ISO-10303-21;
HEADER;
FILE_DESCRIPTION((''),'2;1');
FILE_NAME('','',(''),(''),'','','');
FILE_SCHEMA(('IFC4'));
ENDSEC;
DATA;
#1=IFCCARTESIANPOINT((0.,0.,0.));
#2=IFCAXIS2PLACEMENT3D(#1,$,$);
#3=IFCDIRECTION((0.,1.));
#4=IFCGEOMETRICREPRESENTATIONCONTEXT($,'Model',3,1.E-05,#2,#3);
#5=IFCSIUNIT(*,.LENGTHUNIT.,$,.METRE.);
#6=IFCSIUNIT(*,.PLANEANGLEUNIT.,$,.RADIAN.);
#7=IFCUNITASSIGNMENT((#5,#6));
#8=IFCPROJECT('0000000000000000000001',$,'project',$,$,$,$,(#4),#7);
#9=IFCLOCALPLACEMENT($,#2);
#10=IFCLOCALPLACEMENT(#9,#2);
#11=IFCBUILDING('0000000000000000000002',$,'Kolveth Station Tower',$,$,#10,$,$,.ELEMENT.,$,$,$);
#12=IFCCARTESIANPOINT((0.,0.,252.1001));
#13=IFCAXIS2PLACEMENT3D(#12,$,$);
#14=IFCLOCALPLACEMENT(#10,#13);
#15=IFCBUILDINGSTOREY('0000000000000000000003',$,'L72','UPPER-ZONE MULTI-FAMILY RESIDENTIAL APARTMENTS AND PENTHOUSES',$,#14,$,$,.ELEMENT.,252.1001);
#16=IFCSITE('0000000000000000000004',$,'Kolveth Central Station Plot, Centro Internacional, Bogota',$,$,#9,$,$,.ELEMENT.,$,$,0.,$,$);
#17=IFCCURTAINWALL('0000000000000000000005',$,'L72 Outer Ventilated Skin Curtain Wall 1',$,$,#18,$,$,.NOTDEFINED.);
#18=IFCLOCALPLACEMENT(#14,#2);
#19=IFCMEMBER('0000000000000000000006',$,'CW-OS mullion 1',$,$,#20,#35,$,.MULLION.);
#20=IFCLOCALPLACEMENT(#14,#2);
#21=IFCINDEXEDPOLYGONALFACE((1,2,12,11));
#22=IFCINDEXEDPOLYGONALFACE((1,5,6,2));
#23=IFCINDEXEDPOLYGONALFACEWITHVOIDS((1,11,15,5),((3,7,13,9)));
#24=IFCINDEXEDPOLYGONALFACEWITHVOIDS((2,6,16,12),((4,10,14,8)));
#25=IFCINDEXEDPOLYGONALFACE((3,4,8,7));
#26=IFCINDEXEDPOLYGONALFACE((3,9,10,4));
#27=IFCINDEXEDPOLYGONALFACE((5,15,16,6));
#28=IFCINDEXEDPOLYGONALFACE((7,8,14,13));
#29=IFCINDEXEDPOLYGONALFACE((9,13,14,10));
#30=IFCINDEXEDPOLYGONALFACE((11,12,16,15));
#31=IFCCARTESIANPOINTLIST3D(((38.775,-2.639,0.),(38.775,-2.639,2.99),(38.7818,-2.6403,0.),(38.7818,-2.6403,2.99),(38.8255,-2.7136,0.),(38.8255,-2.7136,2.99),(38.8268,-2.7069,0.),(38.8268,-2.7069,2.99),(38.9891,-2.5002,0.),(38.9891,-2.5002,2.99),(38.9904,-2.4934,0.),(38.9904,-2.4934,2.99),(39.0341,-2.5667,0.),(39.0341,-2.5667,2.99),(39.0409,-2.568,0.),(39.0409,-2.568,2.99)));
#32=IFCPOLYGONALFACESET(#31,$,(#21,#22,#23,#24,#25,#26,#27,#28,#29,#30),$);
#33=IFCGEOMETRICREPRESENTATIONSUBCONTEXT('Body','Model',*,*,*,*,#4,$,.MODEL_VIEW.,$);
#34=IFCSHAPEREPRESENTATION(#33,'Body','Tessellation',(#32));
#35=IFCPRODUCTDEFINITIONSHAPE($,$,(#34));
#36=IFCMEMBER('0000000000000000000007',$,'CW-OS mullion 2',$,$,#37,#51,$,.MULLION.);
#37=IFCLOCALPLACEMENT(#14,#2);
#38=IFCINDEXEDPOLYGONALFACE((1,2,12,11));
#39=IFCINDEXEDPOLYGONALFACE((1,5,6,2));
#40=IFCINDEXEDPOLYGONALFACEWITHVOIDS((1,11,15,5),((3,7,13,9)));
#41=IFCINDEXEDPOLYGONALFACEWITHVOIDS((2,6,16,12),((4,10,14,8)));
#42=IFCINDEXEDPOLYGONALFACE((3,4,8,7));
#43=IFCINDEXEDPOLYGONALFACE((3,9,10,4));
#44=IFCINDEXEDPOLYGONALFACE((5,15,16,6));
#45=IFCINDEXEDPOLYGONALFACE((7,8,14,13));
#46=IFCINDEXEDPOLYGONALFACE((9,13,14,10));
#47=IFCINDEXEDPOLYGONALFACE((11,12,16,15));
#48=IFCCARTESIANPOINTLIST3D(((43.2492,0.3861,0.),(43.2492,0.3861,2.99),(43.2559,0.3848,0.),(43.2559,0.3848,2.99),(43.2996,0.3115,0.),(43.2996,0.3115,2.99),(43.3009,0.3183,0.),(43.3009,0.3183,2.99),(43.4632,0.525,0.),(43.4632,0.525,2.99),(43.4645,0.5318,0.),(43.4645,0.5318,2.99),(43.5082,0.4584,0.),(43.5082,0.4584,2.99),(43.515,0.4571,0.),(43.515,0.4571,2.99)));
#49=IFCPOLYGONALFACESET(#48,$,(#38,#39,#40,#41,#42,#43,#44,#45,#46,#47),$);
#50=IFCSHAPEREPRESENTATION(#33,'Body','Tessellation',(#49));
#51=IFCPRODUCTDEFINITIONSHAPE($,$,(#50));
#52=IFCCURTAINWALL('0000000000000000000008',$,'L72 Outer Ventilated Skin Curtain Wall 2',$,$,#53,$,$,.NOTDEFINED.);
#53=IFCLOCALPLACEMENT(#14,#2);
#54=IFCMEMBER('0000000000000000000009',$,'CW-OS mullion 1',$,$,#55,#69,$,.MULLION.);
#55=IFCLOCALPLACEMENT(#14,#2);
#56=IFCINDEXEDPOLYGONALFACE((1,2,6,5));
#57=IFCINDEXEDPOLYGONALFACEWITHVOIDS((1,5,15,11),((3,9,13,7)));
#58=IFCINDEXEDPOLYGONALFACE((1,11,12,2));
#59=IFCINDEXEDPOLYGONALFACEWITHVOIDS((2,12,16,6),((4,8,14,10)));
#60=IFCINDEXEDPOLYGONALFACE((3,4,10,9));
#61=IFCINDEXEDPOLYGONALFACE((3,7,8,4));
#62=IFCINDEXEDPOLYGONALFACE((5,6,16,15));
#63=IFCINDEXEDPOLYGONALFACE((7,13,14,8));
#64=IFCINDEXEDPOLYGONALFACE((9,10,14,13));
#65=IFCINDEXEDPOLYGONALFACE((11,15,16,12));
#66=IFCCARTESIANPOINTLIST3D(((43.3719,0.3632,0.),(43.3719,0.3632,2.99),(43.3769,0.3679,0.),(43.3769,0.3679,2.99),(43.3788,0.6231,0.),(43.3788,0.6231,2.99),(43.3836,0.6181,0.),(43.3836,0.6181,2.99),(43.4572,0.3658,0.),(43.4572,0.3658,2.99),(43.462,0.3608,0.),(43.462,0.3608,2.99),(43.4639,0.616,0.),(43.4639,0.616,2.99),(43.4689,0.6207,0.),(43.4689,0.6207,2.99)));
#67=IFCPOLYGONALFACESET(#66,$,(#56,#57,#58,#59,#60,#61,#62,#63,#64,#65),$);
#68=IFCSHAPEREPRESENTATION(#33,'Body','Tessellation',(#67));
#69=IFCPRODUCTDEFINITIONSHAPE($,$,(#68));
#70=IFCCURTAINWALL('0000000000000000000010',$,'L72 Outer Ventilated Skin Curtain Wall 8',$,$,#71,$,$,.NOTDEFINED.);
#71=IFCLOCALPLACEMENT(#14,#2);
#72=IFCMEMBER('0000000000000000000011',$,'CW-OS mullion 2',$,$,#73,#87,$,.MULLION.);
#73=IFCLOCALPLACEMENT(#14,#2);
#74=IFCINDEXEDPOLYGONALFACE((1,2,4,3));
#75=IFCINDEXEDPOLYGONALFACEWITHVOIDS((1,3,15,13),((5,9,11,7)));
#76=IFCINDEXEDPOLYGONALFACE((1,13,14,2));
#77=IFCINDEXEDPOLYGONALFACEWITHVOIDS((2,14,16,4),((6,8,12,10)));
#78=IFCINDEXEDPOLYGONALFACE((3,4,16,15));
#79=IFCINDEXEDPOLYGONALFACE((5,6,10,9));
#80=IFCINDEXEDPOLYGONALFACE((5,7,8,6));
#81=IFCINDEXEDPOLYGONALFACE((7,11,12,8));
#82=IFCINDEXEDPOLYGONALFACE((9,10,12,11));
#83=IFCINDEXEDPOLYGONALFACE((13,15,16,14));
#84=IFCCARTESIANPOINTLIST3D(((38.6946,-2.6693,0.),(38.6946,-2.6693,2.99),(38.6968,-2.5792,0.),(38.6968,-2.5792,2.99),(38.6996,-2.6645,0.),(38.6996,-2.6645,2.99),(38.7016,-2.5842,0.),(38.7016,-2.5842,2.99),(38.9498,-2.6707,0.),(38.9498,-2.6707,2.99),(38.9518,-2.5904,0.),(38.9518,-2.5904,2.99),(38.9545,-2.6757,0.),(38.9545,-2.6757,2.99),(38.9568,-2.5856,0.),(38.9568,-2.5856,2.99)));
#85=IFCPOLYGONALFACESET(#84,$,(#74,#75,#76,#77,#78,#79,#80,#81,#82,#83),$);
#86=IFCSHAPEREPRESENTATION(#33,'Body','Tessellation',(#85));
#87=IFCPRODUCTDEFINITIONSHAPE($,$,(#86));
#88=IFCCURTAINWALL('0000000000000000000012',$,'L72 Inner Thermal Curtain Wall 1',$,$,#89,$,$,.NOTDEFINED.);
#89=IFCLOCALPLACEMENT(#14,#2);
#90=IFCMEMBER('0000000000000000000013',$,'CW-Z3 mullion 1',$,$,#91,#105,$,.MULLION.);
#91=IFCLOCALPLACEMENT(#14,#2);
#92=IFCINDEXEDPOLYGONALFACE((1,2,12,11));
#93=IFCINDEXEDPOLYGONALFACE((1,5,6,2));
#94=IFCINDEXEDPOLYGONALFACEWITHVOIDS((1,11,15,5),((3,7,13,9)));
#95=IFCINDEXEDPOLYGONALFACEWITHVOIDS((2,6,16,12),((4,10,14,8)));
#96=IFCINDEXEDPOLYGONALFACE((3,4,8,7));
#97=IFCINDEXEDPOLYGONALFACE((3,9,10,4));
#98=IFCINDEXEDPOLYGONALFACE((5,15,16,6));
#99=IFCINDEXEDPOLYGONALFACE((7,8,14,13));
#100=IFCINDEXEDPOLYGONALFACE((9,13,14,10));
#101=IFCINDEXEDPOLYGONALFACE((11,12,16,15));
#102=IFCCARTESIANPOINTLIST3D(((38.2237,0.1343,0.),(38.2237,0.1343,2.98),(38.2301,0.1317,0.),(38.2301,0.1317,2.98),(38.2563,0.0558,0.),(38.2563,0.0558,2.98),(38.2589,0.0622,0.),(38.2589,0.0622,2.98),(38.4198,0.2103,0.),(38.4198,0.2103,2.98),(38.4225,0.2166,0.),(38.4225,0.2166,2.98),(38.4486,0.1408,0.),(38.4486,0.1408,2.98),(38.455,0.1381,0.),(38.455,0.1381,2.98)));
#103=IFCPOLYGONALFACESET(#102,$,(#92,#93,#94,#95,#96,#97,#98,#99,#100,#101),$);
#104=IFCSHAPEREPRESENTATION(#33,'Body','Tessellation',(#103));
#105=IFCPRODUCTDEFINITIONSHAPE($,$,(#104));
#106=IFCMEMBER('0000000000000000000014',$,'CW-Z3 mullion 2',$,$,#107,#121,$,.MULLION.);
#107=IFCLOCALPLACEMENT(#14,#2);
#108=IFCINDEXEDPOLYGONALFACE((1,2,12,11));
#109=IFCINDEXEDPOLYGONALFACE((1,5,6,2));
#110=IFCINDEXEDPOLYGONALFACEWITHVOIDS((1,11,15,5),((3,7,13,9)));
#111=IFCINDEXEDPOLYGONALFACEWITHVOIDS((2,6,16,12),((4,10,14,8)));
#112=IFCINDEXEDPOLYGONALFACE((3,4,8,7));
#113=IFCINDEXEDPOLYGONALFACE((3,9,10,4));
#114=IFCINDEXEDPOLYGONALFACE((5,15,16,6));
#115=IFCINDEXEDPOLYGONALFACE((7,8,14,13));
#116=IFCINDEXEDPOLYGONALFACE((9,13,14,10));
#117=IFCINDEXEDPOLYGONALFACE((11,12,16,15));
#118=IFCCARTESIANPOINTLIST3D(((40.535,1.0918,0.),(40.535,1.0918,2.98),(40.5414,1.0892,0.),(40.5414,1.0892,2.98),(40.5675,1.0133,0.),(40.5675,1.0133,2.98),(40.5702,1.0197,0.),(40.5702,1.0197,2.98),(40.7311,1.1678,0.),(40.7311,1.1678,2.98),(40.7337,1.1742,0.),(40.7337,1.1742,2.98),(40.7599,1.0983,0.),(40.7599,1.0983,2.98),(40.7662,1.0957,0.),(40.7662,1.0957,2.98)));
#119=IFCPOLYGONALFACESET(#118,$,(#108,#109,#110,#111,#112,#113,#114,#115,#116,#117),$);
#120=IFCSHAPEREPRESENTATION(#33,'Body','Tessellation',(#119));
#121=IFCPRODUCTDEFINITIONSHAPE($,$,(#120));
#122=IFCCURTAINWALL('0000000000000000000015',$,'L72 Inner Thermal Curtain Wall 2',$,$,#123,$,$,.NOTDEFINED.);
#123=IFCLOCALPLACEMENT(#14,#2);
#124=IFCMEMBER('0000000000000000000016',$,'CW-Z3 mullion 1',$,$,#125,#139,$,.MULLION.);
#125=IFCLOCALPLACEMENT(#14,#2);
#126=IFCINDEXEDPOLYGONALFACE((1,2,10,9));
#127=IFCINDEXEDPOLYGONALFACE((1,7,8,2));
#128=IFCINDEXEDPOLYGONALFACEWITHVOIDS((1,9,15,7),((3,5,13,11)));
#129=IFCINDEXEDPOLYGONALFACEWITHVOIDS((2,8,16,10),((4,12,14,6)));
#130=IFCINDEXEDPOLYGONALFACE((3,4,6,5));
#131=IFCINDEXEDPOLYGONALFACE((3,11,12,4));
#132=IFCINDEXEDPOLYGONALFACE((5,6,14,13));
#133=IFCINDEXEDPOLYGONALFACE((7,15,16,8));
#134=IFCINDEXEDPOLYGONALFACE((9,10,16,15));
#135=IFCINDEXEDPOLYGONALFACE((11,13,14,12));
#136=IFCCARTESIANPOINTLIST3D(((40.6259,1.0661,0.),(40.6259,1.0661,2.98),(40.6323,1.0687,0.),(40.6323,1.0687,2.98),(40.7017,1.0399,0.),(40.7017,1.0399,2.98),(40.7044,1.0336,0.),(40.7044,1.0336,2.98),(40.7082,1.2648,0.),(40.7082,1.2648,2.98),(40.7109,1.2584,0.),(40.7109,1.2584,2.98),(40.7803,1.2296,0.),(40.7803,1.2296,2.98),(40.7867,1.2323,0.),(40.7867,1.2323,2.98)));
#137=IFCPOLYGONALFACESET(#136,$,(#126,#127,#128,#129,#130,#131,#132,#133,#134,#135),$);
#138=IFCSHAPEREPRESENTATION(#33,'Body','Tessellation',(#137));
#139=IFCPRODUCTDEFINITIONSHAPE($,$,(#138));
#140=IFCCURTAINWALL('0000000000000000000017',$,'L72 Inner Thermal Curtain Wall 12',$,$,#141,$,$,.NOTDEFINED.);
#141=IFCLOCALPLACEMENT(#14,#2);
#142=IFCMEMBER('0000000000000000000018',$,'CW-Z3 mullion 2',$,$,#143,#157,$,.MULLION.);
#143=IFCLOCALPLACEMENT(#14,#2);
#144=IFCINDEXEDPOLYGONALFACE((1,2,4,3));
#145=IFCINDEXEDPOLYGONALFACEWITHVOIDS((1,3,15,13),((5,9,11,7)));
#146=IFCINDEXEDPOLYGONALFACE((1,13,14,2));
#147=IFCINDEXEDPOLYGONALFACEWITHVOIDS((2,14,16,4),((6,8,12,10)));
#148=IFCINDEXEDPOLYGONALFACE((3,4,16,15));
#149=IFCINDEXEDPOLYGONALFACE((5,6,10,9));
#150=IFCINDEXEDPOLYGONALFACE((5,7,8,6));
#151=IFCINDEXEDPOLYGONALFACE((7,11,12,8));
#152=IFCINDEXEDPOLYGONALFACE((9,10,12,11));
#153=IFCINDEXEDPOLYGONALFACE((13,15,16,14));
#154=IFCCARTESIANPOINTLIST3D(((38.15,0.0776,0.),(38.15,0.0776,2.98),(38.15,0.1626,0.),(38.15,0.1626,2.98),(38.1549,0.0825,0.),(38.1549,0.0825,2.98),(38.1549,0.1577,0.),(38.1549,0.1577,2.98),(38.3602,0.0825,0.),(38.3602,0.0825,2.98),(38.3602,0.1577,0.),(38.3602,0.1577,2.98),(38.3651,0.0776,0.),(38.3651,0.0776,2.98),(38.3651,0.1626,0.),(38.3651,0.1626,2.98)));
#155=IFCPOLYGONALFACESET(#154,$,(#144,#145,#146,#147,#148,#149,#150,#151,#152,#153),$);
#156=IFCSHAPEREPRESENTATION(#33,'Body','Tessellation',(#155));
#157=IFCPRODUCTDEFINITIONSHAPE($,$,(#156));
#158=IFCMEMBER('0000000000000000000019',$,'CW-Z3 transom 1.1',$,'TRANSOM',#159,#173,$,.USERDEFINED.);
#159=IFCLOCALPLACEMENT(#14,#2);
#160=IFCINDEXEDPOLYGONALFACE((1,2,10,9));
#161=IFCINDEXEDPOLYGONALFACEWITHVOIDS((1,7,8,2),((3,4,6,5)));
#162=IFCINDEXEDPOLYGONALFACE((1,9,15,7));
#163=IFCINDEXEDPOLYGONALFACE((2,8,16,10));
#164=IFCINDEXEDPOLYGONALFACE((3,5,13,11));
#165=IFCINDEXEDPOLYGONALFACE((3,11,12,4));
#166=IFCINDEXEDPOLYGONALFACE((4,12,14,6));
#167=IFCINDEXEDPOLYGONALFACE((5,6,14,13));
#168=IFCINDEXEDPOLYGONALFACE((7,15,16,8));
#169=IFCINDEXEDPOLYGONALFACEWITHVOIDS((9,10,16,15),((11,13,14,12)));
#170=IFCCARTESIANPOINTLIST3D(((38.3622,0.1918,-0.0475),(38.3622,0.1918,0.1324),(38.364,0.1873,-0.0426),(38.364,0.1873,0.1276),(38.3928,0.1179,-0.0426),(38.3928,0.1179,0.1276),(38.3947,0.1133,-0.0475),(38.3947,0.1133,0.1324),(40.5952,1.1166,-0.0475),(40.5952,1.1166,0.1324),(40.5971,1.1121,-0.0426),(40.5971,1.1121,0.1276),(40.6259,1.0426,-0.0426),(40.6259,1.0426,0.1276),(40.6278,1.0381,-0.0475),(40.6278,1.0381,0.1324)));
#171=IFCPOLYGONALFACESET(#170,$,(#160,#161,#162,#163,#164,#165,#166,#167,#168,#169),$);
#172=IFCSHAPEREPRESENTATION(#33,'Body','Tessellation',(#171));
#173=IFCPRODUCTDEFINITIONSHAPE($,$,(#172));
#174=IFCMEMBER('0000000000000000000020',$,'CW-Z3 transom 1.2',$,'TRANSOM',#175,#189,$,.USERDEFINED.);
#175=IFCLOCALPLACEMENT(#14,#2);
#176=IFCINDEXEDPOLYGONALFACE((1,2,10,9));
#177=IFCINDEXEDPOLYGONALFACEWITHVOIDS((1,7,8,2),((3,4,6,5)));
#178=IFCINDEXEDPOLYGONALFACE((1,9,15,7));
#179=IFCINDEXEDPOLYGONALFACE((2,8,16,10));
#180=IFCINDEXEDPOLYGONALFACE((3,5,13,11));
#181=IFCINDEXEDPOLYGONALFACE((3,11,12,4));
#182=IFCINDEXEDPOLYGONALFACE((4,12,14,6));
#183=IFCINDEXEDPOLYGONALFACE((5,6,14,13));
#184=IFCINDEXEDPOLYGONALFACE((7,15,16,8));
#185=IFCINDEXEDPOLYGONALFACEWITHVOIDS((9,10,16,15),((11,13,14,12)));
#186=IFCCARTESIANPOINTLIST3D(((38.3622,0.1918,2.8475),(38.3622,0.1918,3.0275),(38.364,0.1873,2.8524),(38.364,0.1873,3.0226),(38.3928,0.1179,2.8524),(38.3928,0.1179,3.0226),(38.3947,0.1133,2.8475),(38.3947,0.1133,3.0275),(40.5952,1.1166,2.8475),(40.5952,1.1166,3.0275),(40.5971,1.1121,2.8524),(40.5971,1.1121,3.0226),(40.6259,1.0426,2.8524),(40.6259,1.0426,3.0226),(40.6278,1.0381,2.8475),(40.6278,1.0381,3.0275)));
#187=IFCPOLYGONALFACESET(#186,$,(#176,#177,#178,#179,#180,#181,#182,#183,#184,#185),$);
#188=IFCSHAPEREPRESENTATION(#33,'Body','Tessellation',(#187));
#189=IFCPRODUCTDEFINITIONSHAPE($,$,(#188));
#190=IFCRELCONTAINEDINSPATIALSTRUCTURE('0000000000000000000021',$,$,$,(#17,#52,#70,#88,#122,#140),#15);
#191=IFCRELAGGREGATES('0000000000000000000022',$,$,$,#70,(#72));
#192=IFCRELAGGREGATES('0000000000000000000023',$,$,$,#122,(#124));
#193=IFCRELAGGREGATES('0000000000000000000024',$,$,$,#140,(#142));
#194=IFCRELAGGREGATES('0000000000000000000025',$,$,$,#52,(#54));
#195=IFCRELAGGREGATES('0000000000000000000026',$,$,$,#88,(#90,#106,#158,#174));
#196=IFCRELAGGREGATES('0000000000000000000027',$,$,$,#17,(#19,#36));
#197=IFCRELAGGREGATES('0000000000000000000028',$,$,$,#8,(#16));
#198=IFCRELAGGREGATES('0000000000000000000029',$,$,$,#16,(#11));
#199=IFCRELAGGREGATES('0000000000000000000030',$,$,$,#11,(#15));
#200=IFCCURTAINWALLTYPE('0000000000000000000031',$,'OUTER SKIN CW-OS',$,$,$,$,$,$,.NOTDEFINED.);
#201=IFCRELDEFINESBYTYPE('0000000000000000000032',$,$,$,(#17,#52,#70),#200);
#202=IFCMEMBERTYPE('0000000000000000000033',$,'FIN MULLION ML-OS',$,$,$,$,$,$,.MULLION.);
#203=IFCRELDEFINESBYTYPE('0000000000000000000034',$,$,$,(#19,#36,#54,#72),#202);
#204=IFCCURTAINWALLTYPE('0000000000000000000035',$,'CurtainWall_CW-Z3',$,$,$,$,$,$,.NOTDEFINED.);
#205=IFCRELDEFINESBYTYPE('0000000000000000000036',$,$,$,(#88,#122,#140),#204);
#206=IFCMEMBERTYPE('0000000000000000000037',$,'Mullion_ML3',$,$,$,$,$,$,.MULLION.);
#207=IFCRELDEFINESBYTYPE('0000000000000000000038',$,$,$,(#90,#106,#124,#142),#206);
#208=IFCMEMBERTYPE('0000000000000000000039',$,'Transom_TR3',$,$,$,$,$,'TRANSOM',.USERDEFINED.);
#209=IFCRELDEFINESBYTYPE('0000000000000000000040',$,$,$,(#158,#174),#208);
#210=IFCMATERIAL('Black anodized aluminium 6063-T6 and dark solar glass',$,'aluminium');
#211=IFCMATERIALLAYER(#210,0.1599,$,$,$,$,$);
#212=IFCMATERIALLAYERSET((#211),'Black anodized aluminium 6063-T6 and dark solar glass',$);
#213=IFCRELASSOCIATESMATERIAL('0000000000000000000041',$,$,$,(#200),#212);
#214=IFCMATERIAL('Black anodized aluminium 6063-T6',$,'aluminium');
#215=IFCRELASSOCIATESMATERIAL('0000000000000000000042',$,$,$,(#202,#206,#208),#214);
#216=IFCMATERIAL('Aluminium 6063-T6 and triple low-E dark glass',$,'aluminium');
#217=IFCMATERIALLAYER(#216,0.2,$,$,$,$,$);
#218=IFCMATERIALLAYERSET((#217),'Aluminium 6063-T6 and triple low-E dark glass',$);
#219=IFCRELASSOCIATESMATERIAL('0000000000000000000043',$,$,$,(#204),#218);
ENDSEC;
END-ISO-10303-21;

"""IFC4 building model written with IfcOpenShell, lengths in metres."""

from ifc_helpers import new_model, si_unit, direction, frame, origin, origin_2d, place, context, subcontext, project, spatial, hollow_rectangle, extrude, source, transform, mapped, material, layer, layer_set, material_profile, profile_set, type_object, element, aggregate, save


model = new_model("IFC4")

# Units and contexts
model_context = context("Model", 3, precision=1e-05, world=origin(), true_north=direction((0.0, 1.0)))
body_context = subcontext(model_context, "Body", "Model", "MODEL_VIEW")
ifc_project = project(units=[si_unit("LENGTHUNIT", "METRE"), si_unit("PLANEANGLEUNIT", "RADIAN")], contexts=[model_context])

# Site, building, storey
site_placement = place(None, origin())
site = spatial("IfcSite", under=ifc_project, at=site_placement, Name="Kolveth Central Station Plot, Centro Internacional, Bogota", CompositionType="ELEMENT", RefElevation=0.0)
building_placement = place(site_placement, origin())
building = spatial("IfcBuilding", under=site, at=building_placement, Name="Kolveth Station Tower", CompositionType="ELEMENT")
storey_placement = place(building_placement, frame((0.0, 0.0, 252.1001)))
storey = spatial("IfcBuildingStorey", under=building, at=storey_placement, Name="L72", Description="UPPER-ZONE MULTI-FAMILY RESIDENTIAL APARTMENTS AND PENTHOUSES", CompositionType="ELEMENT", Elevation=252.1001)

# Curtain wall, members
ifc_material_1 = material(Name="Black anodized aluminium 6063-T6 and dark solar glass", Category="aluminium")
ifc_layer_1 = layer(ifc_material_1, 0.1599)
ifc_layer_set_1 = layer_set([ifc_layer_1], Name="Black anodized aluminium 6063-T6 and dark solar glass")
curtain_wall_type_1 = type_object("IfcCurtainWallType", Name="OUTER SKIN CW-OS", PredefinedType="NOTDEFINED", material=ifc_layer_set_1)
curtain_wall_1_placement = place(storey_placement, origin())
curtain_wall_1 = element("IfcCurtainWall", 1, at=curtain_wall_1_placement, inside=storey, type_object=curtain_wall_type_1, Name="L72 Outer Ventilated Skin Curtain Wall 1", PredefinedType="NOTDEFINED")
ifc_material_2 = material(Name="Black anodized aluminium 6063-T6", Category="aluminium")
ifc_material_profile_1 = material_profile(ifc_material_2, hollow_rectangle(XDim=0.0901, YDim=0.26, WallThickness=0.0049, at=origin_2d()), Name="ALU-90x260x5")
ifc_profile_set_1 = profile_set([ifc_material_profile_1], Name="Black anodized aluminium 6063-T6")
member_type_1 = type_object("IfcMemberType", Name="FIN MULLION ML-OS", PredefinedType="MULLION", material=ifc_profile_set_1)
shared_shape_1 = source(origin(), body_context, "Body", "SweptSolid", [
    extrude(hollow_rectangle(XDim=0.0901, YDim=0.26, WallThickness=0.0049, at=origin_2d()), origin(), (0.0, 0.0, 1.0), 2.99),
])
member_1_placement = place(storey_placement, frame((38.908, -2.6035, 0.0), z_axis=(0.0, 0.0, 1.0), x_axis=(-0.560114, 0.828415, 0.0)))
member_1 = element("IfcMember", 2, at=member_1_placement, type_object=member_type_1, Name="CW-OS mullion 1", PredefinedType="MULLION", context=body_context, shape_type="MappedRepresentation", body=[
    mapped(shared_shape_1, transform((0.0, 0.0, 0.0), x_axis=(1.0, 0.0, 0.0), y_axis=(0.0, 1.0, 0.0), z_axis=(0.0, 0.0, 1.0), scale=1.0)),
])
member_2_placement = place(storey_placement, frame((43.3821, 0.4216, 0.0), z_axis=(0.0, 0.0, 1.0), x_axis=(-0.560114, 0.828415, 0.0)))
member_2 = element("IfcMember", 3, at=member_2_placement, type_object=member_type_1, Name="CW-OS mullion 2", PredefinedType="MULLION", context=body_context, shape_type="MappedRepresentation", body=[
    mapped(shared_shape_1, transform((0.0, 0.0, 0.0), x_axis=(1.0, 0.0, 0.0), y_axis=(0.0, 1.0, 0.0), z_axis=(0.0, 0.0, 1.0), scale=1.0)),
])

# Curtain walls, members
curtain_wall_2_placement = place(storey_placement, origin())
curtain_wall_2 = element("IfcCurtainWall", 4, at=curtain_wall_2_placement, inside=storey, type_object=curtain_wall_type_1, Name="L72 Outer Ventilated Skin Curtain Wall 2", PredefinedType="NOTDEFINED")
member_3_placement = place(storey_placement, frame((43.4204, 0.4919, 0.0), z_axis=(0.0, 0.0, 1.0), x_axis=(-0.999647, 0.026561, 0.0)))
member_3 = element("IfcMember", 5, at=member_3_placement, type_object=member_type_1, Name="CW-OS mullion 1", PredefinedType="MULLION", context=body_context, shape_type="MappedRepresentation", body=[
    mapped(shared_shape_1, transform((0.0, 0.0, 0.0), x_axis=(1.0, 0.0, 0.0), y_axis=(0.0, 1.0, 0.0), z_axis=(0.0, 0.0, 1.0), scale=1.0)),
])
curtain_wall_3_placement = place(storey_placement, origin())
curtain_wall_3 = element("IfcCurtainWall", 6, at=curtain_wall_3_placement, inside=storey, type_object=curtain_wall_type_1, Name="L72 Outer Ventilated Skin Curtain Wall 8", PredefinedType="NOTDEFINED")
member_4_placement = place(storey_placement, frame((38.8257, -2.6274, 0.0), z_axis=(0.0, 0.0, 1.0), x_axis=(0.024462, 0.999701, 0.0)))
member_4 = element("IfcMember", 7, at=member_4_placement, type_object=member_type_1, Name="CW-OS mullion 2", PredefinedType="MULLION", context=body_context, shape_type="MappedRepresentation", body=[
    mapped(shared_shape_1, transform((0.0, 0.0, 0.0), x_axis=(1.0, 0.0, 0.0), y_axis=(0.0, 1.0, 0.0), z_axis=(0.0, 0.0, 1.0), scale=1.0)),
])
aggregate(curtain_wall_3, [member_4])

# Curtain wall, members
ifc_material_3 = material(Name="Aluminium 6063-T6 and triple low-E dark glass", Category="aluminium")
ifc_layer_2 = layer(ifc_material_3, 0.2)
ifc_layer_set_2 = layer_set([ifc_layer_2], Name="Aluminium 6063-T6 and triple low-E dark glass")
curtain_wall_type_2 = type_object("IfcCurtainWallType", Name="CurtainWall_CW-Z3", PredefinedType="NOTDEFINED", material=ifc_layer_set_2)
curtain_wall_4_placement = place(storey_placement, origin())
curtain_wall_4 = element("IfcCurtainWall", 8, at=curtain_wall_4_placement, inside=storey, type_object=curtain_wall_type_2, Name="L72 Inner Thermal Curtain Wall 1", PredefinedType="NOTDEFINED")
ifc_material_profile_2 = material_profile(ifc_material_2, hollow_rectangle(XDim=0.085, YDim=0.2151, WallThickness=0.0049, at=origin_2d()), Name="ALU-85x215x5")
ifc_profile_set_2 = profile_set([ifc_material_profile_2], Name="Black anodized aluminium 6063-T6")
member_type_2 = type_object("IfcMemberType", Name="Mullion_ML3", PredefinedType="MULLION", material=ifc_profile_set_2)
shared_shape_2 = source(origin(), body_context, "Body", "SweptSolid", [
    extrude(hollow_rectangle(XDim=0.085, YDim=0.2151, WallThickness=0.0049, at=origin_2d()), origin(), (0.0, 0.0, 1.0), 2.98),
])
member_5_placement = place(storey_placement, frame((38.3394, 0.1362, 0.0), z_axis=(0.0, 0.0, 1.0), x_axis=(-0.382693, 0.923875, 0.0)))
member_5 = element("IfcMember", 9, at=member_5_placement, type_object=member_type_2, Name="CW-Z3 mullion 1", PredefinedType="MULLION", context=body_context, shape_type="MappedRepresentation", body=[
    mapped(shared_shape_2, transform((0.0, 0.0, 0.0), x_axis=(1.0, 0.0, 0.0), y_axis=(0.0, 1.0, 0.0), z_axis=(0.0, 0.0, 1.0), scale=1.0)),
])
member_6_placement = place(storey_placement, frame((40.6506, 1.0938, 0.0), z_axis=(0.0, 0.0, 1.0), x_axis=(-0.382693, 0.923875, 0.0)))
member_6 = element("IfcMember", 10, at=member_6_placement, type_object=member_type_2, Name="CW-Z3 mullion 2", PredefinedType="MULLION", context=body_context, shape_type="MappedRepresentation", body=[
    mapped(shared_shape_2, transform((0.0, 0.0, 0.0), x_axis=(1.0, 0.0, 0.0), y_axis=(0.0, 1.0, 0.0), z_axis=(0.0, 0.0, 1.0), scale=1.0)),
])

# Curtain walls, members
curtain_wall_5_placement = place(storey_placement, origin())
curtain_wall_5 = element("IfcCurtainWall", 11, at=curtain_wall_5_placement, inside=storey, type_object=curtain_wall_type_2, Name="L72 Inner Thermal Curtain Wall 2", PredefinedType="NOTDEFINED")
member_7_placement = place(storey_placement, frame((40.7063, 1.1492, 0.0), z_axis=(0.0, 0.0, 1.0), x_axis=(-0.923875, 0.382693, 0.0)))
member_7 = element("IfcMember", 12, at=member_7_placement, type_object=member_type_2, Name="CW-Z3 mullion 1", PredefinedType="MULLION", context=body_context, shape_type="MappedRepresentation", body=[
    mapped(shared_shape_2, transform((0.0, 0.0, 0.0), x_axis=(1.0, 0.0, 0.0), y_axis=(0.0, 1.0, 0.0), z_axis=(0.0, 0.0, 1.0), scale=1.0)),
])
aggregate(curtain_wall_5, [member_7])
curtain_wall_6_placement = place(storey_placement, origin())
curtain_wall_6 = element("IfcCurtainWall", 13, at=curtain_wall_6_placement, inside=storey, type_object=curtain_wall_type_2, Name="L72 Inner Thermal Curtain Wall 12", PredefinedType="NOTDEFINED")
member_8_placement = place(storey_placement, frame((38.2576, 0.1201, 0.0), z_axis=(0.0, 0.0, 1.0), x_axis=(0.0, 1.0, 0.0)))
member_8 = element("IfcMember", 14, at=member_8_placement, type_object=member_type_2, Name="CW-Z3 mullion 2", PredefinedType="MULLION", context=body_context, shape_type="MappedRepresentation", body=[
    mapped(shared_shape_2, transform((0.0, 0.0, 0.0), x_axis=(1.0, 0.0, 0.0), y_axis=(0.0, 1.0, 0.0), z_axis=(0.0, 0.0, 1.0), scale=1.0)),
])
aggregate(curtain_wall_6, [member_8])

# Members
ifc_material_profile_3 = material_profile(ifc_material_2, hollow_rectangle(XDim=0.085, YDim=0.1799, WallThickness=0.0049, at=origin_2d()), Name="ALU-85x180x5")
ifc_profile_set_3 = profile_set([ifc_material_profile_3], Name="Black anodized aluminium 6063-T6")
member_type_3 = type_object("IfcMemberType", Name="Transom_TR3", ElementType="TRANSOM", PredefinedType="USERDEFINED", material=ifc_profile_set_3)
shared_shape_3 = source(origin(), body_context, "Body", "SweptSolid", [
    extrude(hollow_rectangle(XDim=0.085, YDim=0.1799, WallThickness=0.0049, at=origin_2d()), origin(), (0.0, 0.0, 1.0), 2.417),
])
member_9_placement = place(storey_placement, frame((38.3784, 0.1526, 0.0425), z_axis=(0.923909, 0.382613, 0.0), x_axis=(-0.382613, 0.923909, 0.0)))
member_9 = element("IfcMember", 15, at=member_9_placement, type_object=member_type_3, Name="CW-Z3 transom 1.1", ObjectType="TRANSOM", PredefinedType="USERDEFINED", context=body_context, shape_type="MappedRepresentation", body=[
    mapped(shared_shape_3, transform((0.0, 0.0, 0.0), x_axis=(1.0, 0.0, 0.0), y_axis=(0.0, 1.0, 0.0), z_axis=(0.0, 0.0, 1.0), scale=1.0)),
])
member_10_placement = place(storey_placement, frame((38.3784, 0.1526, 2.9375), z_axis=(0.923909, 0.382613, 0.0), x_axis=(-0.382613, 0.923909, 0.0)))
member_10 = element("IfcMember", 16, at=member_10_placement, type_object=member_type_3, Name="CW-Z3 transom 1.2", ObjectType="TRANSOM", PredefinedType="USERDEFINED", context=body_context, shape_type="MappedRepresentation", body=[
    mapped(shared_shape_3, transform((0.0, 0.0, 0.0), x_axis=(1.0, 0.0, 0.0), y_axis=(0.0, 1.0, 0.0), z_axis=(0.0, 0.0, 1.0), scale=1.0)),
])
aggregate(curtain_wall_2, [member_3])

aggregate(curtain_wall_4, [member_5, member_6, member_9, member_10])
aggregate(curtain_wall_1, [member_1, member_2])

save(model, "model.ifc")
